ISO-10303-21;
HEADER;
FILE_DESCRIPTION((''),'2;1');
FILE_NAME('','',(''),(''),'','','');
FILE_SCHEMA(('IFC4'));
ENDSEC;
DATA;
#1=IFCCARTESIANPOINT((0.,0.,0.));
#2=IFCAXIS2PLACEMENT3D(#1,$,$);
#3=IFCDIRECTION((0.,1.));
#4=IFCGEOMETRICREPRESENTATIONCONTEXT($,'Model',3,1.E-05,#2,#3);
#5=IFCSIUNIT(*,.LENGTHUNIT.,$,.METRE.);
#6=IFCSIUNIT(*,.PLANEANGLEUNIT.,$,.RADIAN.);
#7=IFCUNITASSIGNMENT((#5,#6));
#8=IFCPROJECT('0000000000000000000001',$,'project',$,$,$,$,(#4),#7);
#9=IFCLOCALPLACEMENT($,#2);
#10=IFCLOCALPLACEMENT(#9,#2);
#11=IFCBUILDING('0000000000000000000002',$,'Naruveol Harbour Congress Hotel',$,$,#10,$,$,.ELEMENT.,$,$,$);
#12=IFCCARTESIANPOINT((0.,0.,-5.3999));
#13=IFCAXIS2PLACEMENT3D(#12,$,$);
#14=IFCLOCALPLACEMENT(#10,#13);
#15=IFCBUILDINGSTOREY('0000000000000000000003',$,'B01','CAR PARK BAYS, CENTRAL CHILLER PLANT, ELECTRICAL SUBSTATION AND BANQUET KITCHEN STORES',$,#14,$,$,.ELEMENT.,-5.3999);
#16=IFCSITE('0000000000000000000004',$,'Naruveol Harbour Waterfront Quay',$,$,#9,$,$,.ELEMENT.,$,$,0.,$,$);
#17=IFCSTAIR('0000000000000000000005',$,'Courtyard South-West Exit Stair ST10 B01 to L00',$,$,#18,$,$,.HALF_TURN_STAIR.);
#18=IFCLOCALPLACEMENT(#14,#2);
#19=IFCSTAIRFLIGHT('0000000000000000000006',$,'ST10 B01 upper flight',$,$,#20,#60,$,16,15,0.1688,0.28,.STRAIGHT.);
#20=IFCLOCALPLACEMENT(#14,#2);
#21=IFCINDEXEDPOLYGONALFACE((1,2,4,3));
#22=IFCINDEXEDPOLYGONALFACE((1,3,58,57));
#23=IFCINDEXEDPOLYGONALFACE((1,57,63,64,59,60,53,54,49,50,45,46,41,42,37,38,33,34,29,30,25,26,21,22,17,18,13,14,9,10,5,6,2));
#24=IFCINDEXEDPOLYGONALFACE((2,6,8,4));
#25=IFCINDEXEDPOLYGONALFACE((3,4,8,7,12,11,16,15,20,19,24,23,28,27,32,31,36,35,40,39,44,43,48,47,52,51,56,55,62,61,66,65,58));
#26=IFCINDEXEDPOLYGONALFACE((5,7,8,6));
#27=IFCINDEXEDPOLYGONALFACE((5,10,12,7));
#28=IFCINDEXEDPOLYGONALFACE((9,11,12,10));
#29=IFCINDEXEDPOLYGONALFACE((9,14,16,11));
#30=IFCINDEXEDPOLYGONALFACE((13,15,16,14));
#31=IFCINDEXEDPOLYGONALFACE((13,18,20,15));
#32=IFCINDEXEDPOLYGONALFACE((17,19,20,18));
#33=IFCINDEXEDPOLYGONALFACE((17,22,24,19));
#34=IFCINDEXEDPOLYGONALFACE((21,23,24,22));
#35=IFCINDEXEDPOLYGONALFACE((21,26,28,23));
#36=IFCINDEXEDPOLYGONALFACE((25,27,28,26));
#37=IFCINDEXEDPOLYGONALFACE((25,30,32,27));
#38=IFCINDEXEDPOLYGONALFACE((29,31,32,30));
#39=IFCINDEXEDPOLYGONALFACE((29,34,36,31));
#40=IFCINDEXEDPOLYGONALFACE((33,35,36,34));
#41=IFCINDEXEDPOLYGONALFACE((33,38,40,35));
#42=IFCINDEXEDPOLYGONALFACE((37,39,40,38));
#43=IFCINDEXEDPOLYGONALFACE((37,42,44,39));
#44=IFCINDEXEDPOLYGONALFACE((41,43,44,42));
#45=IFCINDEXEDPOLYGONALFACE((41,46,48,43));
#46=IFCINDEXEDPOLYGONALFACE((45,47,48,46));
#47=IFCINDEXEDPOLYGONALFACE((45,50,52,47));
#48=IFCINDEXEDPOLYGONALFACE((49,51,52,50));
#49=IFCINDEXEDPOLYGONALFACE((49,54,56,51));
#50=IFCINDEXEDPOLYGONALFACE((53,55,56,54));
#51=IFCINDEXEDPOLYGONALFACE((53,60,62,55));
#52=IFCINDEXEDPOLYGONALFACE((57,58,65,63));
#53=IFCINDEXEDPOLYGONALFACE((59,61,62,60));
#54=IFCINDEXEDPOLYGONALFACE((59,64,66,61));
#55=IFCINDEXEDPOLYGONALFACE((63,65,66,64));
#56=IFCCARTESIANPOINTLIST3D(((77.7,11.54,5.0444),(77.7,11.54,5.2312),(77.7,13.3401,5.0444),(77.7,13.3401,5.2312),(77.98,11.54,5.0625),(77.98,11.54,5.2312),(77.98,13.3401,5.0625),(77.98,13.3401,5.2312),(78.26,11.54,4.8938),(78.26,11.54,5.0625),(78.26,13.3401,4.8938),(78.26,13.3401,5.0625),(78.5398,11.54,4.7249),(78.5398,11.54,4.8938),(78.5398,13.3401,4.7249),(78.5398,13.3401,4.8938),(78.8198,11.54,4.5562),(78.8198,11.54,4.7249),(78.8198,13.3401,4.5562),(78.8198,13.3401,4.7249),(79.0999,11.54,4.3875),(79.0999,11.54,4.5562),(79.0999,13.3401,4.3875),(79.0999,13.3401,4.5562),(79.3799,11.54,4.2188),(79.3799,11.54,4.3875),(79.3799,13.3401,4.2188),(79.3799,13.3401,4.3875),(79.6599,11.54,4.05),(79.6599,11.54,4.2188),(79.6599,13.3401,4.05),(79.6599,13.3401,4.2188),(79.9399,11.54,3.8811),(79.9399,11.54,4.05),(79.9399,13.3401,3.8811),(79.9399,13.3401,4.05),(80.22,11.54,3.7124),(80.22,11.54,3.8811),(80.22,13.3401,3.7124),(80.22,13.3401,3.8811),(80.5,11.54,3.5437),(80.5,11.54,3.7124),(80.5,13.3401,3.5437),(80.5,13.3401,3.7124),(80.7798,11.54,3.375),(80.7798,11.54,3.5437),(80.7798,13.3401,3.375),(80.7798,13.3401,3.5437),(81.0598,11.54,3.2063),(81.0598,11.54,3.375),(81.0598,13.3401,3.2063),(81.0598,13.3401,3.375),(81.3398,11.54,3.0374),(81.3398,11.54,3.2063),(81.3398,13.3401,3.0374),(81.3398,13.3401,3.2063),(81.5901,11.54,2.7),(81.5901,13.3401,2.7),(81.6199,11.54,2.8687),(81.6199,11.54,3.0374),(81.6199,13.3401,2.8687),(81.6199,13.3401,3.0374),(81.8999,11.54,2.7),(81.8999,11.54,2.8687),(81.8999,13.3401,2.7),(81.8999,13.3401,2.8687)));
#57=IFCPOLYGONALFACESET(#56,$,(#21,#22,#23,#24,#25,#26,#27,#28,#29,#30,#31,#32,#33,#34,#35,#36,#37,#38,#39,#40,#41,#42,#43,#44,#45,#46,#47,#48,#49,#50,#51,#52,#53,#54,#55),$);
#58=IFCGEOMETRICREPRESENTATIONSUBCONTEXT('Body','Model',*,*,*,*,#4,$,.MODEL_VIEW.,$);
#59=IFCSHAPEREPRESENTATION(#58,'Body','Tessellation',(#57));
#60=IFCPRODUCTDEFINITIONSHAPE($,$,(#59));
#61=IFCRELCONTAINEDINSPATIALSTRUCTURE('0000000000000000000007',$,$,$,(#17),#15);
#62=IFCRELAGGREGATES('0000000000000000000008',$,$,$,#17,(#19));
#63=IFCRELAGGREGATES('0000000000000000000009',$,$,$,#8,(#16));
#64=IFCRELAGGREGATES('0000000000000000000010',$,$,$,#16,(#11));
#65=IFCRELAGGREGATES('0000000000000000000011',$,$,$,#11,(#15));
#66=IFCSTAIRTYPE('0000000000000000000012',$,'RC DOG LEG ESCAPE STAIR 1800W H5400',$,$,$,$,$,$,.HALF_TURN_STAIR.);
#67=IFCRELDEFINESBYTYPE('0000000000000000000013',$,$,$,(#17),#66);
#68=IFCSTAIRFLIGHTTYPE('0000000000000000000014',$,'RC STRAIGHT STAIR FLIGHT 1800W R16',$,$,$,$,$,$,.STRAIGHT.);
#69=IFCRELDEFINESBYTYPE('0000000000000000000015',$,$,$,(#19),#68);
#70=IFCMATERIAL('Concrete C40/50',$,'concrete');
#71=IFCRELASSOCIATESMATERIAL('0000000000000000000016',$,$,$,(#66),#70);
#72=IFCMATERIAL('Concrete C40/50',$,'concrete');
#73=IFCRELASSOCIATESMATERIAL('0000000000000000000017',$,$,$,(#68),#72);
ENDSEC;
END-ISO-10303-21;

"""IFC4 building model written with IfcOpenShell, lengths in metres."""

from ifc_helpers import new_model, si_unit, direction, frame, origin, place, context, subcontext, project, spatial, polyline, outline, extrude, material, type_object, element, aggregate, save


model = new_model("IFC4")

# Units and contexts
model_context = context("Model", 3, precision=1e-05, world=origin(), true_north=direction((0.0, 1.0)))
body_context = subcontext(model_context, "Body", "Model", "MODEL_VIEW")
ifc_project = project(units=[si_unit("LENGTHUNIT", "METRE"), si_unit("PLANEANGLEUNIT", "RADIAN")], contexts=[model_context])

# Site, building, storey
site_placement = place(None, origin())
site = spatial("IfcSite", under=ifc_project, at=site_placement, Name="Naruveol Harbour Waterfront Quay", CompositionType="ELEMENT", RefElevation=0.0)
building_placement = place(site_placement, origin())
building = spatial("IfcBuilding", under=site, at=building_placement, Name="Naruveol Harbour Congress Hotel", CompositionType="ELEMENT")
storey_placement = place(building_placement, frame((0.0, 0.0, -5.3999)))
storey = spatial("IfcBuildingStorey", under=building, at=storey_placement, Name="B01", Description="CAR PARK BAYS, CENTRAL CHILLER PLANT, ELECTRICAL SUBSTATION AND BANQUET KITCHEN STORES", CompositionType="ELEMENT", Elevation=-5.3999)

# Stair, stair flight
ifc_material_1 = material(Name="Concrete C40/50", Category="concrete")
stair_type = type_object("IfcStairType", Name="RC DOG LEG ESCAPE STAIR 1800W H5400", PredefinedType="HALF_TURN_STAIR", material=ifc_material_1)
stair_placement = place(storey_placement, origin())
stair = element("IfcStair", 1, at=stair_placement, inside=storey, type_object=stair_type, Name="Courtyard South-West Exit Stair ST10 B01 to L00", PredefinedType="HALF_TURN_STAIR")
ifc_material_2 = material(Name="Concrete C40/50", Category="concrete")
stair_flight_type = type_object("IfcStairFlightType", Name="RC STRAIGHT STAIR FLIGHT 1800W R16", PredefinedType="STRAIGHT", material=ifc_material_2)
stair_flight_1_placement = place(storey_placement, frame((81.8999, 12.4399, 2.7), z_axis=(0.0, 0.0, 1.0), x_axis=(-1.0, 0.0, 0.0)))
stair_flight_1 = element("IfcStairFlight", 2, at=stair_flight_1_placement, type_object=stair_flight_type, Name="ST10 B01 upper flight", NumberOfRisers=16, NumberOfTreads=15, PredefinedType="STRAIGHT", RiserHeight=0.1688, TreadLength=0.28, context=body_context, shape_type="SweptSolid", body=[
    extrude(outline(polyline([(0.0, 0.0), (0.0, 0.1687), (0.28, 0.1687), (0.28, 0.3374), (0.5601, 0.3374), (0.5601, 0.5063), (0.8401, 0.5063), (0.8401, 0.675), (1.1201, 0.675), (1.1201, 0.8438), (1.3999, 0.8438), (1.3999, 1.0125), (1.6799, 1.0125), (1.6799, 1.1812), (1.96, 1.1812), (1.96, 1.3501), (2.24, 1.3501), (2.24, 1.5188), (2.52, 1.5188), (2.52, 1.6875), (2.8, 1.6875), (2.8, 1.8562), (3.0801, 1.8562), (3.0801, 2.0249), (3.3601, 2.0249), (3.3601, 2.1938), (3.6399, 2.1938), (3.6399, 2.3625), (3.9199, 2.3625), (3.9199, 2.5312), (4.2, 2.5312), (4.2, 2.7), (4.2, 2.3445), (0.3098, 0.0), (0.0, 0.0)])), frame((0.0, 0.8999, 0.0), z_axis=(0.0, -1.0, 0.0), x_axis=(1.0, 0.0, 0.0)), (0.0, 0.0, 1.0), 1.8),
])
aggregate(stair, [stair_flight_1])

save(model, "model.ifc")
